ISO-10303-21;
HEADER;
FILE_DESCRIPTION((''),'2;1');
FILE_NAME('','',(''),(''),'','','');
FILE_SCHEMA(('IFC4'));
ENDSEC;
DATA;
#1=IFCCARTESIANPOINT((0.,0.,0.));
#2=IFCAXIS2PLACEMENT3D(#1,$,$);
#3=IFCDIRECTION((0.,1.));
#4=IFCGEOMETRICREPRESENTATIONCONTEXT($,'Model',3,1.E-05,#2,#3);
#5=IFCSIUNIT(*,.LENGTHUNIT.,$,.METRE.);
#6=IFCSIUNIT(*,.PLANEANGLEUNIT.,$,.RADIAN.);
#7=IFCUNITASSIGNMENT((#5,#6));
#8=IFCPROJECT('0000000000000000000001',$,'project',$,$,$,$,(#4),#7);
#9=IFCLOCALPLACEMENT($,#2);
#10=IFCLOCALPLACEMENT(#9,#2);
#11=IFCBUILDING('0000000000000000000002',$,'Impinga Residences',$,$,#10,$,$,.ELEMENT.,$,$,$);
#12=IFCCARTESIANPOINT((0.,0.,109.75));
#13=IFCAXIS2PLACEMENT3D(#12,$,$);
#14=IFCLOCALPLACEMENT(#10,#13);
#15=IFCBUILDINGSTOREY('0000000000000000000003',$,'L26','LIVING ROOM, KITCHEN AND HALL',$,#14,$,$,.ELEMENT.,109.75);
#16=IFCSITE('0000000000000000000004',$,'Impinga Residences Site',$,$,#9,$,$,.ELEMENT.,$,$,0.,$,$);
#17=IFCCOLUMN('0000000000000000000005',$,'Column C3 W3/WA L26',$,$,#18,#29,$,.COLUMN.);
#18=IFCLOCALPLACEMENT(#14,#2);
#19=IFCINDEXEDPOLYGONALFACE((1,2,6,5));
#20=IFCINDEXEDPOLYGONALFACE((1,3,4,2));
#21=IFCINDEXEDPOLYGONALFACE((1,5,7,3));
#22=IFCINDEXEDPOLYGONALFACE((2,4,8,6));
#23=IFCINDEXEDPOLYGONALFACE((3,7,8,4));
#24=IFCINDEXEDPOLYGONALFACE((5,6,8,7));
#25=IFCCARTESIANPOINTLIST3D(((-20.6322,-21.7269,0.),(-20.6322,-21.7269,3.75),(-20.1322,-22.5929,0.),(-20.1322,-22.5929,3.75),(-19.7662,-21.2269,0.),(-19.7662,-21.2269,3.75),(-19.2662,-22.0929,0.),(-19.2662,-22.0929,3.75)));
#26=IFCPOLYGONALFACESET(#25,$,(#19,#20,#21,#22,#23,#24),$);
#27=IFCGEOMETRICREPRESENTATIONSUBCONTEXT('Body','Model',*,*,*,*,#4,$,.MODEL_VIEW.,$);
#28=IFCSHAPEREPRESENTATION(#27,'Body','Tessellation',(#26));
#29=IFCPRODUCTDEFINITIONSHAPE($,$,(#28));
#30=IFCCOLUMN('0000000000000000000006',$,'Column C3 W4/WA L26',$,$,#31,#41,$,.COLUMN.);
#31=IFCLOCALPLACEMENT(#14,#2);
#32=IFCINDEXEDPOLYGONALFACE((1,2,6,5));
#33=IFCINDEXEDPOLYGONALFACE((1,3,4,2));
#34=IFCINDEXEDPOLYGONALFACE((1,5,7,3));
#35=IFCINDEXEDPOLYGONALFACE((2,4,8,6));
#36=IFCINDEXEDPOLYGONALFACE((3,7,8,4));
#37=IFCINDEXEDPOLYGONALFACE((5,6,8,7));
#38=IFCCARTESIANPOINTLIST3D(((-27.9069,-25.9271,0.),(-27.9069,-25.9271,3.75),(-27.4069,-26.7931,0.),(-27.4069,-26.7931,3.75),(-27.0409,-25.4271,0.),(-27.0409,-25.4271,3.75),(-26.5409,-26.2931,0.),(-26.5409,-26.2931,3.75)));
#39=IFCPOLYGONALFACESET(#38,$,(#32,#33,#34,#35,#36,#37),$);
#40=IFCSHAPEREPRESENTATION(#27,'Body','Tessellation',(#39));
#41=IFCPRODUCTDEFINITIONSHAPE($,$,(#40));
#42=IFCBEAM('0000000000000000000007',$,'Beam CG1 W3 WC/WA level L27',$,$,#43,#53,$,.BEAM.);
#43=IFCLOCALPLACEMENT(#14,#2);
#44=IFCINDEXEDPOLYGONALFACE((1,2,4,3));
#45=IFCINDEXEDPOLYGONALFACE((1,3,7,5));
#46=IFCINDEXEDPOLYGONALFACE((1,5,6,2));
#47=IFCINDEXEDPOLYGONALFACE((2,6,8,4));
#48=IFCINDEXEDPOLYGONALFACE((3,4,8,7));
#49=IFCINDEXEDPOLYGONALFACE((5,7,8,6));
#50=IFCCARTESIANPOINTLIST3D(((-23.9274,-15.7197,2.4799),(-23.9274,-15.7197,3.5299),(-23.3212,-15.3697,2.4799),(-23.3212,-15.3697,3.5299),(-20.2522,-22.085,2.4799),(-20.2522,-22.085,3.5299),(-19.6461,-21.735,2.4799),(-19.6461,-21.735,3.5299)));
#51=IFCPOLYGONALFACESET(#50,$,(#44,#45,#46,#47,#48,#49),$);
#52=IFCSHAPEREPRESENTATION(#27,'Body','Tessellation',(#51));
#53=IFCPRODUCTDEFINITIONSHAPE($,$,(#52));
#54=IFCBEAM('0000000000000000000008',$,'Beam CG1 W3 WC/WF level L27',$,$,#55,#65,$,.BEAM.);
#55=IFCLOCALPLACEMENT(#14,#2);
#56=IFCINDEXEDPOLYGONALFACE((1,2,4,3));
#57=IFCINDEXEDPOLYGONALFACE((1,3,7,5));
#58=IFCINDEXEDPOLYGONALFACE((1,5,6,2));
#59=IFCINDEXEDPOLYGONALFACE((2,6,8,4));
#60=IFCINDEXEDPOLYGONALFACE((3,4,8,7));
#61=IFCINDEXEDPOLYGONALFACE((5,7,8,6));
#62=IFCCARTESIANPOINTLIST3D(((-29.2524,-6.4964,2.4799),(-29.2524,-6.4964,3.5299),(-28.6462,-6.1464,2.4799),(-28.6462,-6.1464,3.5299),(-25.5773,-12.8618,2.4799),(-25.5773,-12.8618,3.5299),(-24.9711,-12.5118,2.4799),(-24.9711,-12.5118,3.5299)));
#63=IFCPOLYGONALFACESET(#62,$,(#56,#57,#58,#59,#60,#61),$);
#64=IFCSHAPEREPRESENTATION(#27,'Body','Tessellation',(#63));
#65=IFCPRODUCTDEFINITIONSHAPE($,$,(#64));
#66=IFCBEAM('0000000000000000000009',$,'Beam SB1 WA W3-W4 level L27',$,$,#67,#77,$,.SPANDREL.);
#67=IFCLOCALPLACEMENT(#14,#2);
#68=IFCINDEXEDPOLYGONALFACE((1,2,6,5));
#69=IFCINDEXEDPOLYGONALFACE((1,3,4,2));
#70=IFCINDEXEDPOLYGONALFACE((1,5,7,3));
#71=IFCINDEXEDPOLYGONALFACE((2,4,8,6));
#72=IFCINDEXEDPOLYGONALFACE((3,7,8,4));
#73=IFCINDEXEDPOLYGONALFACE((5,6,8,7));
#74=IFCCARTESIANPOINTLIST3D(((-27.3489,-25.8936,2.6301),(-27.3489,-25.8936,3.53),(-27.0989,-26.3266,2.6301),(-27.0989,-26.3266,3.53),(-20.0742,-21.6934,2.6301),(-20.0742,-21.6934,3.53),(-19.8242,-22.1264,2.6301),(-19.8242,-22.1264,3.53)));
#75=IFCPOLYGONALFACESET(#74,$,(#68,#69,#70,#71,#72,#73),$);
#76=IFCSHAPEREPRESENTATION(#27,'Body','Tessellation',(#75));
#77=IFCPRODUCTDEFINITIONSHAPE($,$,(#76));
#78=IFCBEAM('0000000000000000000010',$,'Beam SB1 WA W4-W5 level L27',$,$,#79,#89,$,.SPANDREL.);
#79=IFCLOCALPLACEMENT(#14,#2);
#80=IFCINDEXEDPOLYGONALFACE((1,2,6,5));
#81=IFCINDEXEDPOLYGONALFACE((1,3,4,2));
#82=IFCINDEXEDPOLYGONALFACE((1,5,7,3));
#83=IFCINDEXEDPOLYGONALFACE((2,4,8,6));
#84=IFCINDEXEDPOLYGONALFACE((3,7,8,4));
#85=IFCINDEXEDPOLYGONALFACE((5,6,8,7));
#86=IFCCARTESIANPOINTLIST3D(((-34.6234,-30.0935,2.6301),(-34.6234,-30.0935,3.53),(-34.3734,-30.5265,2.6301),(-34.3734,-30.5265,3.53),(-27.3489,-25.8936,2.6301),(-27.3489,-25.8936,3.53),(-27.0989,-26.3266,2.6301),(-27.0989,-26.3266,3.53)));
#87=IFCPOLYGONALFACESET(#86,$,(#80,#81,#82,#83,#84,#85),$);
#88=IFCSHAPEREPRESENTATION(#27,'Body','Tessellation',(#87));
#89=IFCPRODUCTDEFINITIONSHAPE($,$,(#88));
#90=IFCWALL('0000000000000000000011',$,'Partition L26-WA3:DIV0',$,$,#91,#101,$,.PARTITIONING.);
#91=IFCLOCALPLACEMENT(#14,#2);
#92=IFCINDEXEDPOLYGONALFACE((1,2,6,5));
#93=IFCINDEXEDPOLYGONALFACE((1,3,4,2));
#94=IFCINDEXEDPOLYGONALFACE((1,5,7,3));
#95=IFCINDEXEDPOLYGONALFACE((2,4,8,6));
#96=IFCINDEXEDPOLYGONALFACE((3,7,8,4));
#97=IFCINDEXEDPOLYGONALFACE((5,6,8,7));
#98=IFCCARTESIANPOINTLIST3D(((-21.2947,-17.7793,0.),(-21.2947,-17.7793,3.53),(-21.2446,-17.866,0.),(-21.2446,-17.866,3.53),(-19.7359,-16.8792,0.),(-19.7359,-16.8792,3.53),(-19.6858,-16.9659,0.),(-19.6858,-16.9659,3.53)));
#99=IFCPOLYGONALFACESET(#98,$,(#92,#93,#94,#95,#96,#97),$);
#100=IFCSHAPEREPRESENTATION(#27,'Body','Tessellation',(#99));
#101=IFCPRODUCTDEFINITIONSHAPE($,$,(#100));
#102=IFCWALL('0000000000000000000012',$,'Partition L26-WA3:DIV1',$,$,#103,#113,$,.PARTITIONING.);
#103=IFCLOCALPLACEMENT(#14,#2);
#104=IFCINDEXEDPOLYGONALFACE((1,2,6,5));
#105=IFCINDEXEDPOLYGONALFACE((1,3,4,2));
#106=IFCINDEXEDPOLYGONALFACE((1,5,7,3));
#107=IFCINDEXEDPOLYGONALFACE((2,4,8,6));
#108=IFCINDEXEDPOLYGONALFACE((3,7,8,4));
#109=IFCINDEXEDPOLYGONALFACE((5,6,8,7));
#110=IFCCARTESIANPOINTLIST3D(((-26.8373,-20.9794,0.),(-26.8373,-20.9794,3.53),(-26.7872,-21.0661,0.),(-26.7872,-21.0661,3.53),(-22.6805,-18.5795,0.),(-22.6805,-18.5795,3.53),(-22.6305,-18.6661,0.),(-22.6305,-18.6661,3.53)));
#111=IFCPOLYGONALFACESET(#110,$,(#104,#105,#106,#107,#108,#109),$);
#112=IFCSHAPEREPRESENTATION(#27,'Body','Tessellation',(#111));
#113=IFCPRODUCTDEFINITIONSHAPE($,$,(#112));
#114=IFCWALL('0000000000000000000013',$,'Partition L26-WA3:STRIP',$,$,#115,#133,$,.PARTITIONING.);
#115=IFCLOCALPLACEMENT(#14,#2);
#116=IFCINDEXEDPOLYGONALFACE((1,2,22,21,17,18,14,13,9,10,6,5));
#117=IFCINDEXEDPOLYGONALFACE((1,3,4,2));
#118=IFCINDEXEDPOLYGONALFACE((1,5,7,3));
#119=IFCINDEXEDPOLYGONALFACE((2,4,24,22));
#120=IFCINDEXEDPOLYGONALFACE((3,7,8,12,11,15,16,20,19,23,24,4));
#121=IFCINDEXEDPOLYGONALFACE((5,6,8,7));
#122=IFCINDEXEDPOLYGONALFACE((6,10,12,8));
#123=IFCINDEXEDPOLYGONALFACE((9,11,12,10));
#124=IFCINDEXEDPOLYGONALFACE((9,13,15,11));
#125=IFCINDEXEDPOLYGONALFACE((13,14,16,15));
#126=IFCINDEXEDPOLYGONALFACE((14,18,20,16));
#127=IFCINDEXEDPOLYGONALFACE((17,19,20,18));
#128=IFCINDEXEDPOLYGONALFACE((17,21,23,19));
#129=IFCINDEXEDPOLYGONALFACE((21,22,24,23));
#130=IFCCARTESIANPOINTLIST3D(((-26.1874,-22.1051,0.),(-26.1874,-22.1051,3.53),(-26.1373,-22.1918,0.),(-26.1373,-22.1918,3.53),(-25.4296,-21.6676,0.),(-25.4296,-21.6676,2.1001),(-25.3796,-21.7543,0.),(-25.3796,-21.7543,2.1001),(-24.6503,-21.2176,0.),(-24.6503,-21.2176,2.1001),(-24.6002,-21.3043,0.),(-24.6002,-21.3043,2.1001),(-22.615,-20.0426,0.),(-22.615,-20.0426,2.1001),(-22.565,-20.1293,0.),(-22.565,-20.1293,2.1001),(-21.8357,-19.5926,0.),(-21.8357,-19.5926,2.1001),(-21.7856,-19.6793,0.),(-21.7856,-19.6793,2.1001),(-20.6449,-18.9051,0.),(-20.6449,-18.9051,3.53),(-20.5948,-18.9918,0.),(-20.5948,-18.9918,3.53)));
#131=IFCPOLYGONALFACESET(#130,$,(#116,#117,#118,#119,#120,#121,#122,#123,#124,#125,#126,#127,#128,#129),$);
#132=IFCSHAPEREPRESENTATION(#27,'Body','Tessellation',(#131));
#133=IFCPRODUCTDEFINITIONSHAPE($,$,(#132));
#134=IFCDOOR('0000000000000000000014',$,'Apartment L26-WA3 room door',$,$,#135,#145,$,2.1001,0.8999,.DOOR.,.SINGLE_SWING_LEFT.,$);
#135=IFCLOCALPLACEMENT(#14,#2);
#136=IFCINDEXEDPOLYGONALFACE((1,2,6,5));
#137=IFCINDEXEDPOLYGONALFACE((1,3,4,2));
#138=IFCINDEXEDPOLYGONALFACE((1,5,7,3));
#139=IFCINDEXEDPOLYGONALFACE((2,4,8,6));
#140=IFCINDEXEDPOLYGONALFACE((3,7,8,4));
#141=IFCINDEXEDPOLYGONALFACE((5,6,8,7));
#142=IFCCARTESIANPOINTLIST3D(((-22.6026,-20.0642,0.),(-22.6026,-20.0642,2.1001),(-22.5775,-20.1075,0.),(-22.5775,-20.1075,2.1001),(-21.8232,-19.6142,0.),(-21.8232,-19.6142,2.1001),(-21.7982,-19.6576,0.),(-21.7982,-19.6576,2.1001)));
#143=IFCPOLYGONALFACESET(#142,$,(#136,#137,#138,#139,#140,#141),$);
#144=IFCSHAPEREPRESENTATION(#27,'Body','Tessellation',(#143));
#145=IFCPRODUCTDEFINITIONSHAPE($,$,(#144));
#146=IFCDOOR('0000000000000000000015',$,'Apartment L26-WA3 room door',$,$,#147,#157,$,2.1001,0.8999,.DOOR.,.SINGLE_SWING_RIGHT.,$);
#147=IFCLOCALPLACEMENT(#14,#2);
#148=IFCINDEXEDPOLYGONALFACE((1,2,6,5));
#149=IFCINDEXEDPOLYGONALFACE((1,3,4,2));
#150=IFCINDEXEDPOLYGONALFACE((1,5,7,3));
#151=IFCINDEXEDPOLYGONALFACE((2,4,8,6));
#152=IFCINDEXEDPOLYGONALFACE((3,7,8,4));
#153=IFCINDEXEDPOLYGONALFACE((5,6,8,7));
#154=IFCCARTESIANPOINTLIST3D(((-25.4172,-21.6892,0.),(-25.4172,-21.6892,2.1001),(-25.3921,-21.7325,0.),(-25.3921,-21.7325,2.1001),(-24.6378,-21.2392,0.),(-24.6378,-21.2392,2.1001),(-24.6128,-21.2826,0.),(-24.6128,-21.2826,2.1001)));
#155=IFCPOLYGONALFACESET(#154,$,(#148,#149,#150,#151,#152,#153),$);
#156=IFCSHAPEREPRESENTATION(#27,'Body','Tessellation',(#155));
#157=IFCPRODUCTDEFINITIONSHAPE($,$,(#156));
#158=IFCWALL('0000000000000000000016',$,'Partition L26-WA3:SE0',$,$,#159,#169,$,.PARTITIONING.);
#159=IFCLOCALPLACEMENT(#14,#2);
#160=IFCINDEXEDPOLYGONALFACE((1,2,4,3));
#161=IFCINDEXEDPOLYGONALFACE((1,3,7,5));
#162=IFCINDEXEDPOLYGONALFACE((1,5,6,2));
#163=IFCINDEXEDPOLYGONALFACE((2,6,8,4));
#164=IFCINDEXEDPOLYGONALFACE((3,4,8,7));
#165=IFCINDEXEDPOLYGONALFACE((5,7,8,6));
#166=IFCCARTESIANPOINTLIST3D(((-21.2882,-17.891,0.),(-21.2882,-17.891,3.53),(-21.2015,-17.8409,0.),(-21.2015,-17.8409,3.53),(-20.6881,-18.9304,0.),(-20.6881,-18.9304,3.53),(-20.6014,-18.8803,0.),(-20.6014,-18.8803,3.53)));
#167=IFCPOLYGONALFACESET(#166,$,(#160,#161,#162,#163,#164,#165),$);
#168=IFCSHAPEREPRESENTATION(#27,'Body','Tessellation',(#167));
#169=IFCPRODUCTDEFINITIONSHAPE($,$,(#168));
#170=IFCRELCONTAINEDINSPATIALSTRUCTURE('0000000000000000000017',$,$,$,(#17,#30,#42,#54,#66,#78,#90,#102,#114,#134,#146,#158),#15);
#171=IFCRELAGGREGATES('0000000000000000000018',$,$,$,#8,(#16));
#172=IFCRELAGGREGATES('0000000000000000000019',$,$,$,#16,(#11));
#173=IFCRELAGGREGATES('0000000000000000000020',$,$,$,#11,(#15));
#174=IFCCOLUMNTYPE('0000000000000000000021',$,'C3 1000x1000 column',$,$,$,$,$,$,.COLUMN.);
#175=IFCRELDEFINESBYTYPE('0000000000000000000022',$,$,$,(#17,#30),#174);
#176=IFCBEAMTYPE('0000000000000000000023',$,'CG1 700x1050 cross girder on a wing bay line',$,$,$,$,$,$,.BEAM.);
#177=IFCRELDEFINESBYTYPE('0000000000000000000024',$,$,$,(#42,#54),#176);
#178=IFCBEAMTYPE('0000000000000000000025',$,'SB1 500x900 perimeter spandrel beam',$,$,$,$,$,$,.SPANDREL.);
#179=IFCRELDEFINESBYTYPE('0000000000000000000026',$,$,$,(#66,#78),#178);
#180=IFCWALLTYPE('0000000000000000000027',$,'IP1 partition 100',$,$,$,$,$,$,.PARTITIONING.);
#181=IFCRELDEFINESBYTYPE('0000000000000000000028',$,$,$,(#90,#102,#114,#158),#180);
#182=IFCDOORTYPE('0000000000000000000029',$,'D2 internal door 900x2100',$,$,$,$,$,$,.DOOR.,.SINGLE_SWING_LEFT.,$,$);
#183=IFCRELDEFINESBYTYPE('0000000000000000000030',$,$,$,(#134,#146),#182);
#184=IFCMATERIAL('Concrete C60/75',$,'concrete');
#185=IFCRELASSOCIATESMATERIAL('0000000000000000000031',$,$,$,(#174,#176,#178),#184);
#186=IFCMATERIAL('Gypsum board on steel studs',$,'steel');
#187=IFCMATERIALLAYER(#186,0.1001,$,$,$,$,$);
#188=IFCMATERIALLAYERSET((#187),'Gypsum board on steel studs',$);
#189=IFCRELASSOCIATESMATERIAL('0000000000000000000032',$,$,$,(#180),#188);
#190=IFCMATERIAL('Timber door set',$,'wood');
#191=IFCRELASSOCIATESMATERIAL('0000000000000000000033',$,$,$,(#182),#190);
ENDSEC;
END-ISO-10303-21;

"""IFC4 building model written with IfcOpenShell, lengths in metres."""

from ifc_helpers import new_model, si_unit, direction, frame, frame_2d, origin, origin_2d, place, context, subcontext, project, spatial, rectangle, extrude, material, layer, layer_set, material_profile, profile_set, type_object, element, fill, save


model = new_model("IFC4")

# Units and contexts
model_context = context("Model", 3, precision=1e-05, world=origin(), true_north=direction((0.0, 1.0)))
body_context = subcontext(model_context, "Body", "Model", "MODEL_VIEW")
ifc_project = project(units=[si_unit("LENGTHUNIT", "METRE"), si_unit("PLANEANGLEUNIT", "RADIAN")], contexts=[model_context])

# Site, building, storey
site_placement = place(None, origin())
site = spatial("IfcSite", under=ifc_project, at=site_placement, Name="Impinga Residences Site", CompositionType="ELEMENT", RefElevation=0.0)
building_placement = place(site_placement, origin())
building = spatial("IfcBuilding", under=site, at=building_placement, Name="Impinga Residences", CompositionType="ELEMENT")
storey_placement = place(building_placement, frame((0.0, 0.0, 109.75)))
storey = spatial("IfcBuildingStorey", under=building, at=storey_placement, Name="L26", Description="LIVING ROOM, KITCHEN AND HALL", CompositionType="ELEMENT", Elevation=109.75)

# Columns
ifc_material_1 = material(Name="Concrete C60/75", Category="concrete")
ifc_material_profile_1 = material_profile(ifc_material_1, rectangle(XDim=1.0, YDim=1.0, at=origin_2d()), Name="RC 1000x1000")
ifc_profile_set_1 = profile_set([ifc_material_profile_1], Name="Concrete C60/75")
column_type = type_object("IfcColumnType", Name="C3 1000x1000 column", PredefinedType="COLUMN", material=ifc_profile_set_1)
for number, where, z_axis, x_axis, name in (
    (1, (-19.9492, -21.9099, 0.0), (0.0, 0.0, 1.0), (-0.5, 0.866025, 0.0), "Column C3 W3/WA L26"),
    (2, (-27.2239, -26.1101, 0.0), (0.0, 0.0, 1.0), (-0.5, 0.866025, 0.0), "Column C3 W4/WA L26"),
):
    element("IfcColumn", number, at=place(storey_placement, frame(where, z_axis=z_axis, x_axis=x_axis)), inside=storey, type_object=column_type, Name=name, PredefinedType="COLUMN", context=body_context, shape_type="SweptSolid", body=[
        extrude(rectangle(XDim=1.0, YDim=1.0, at=origin_2d()), origin(), (0.0, 0.0, 1.0), 3.75),
    ])

# Beams
ifc_material_profile_2 = material_profile(ifc_material_1, rectangle(XDim=0.7, YDim=1.05, at=origin_2d()), Name="RC 700x1050")
ifc_profile_set_2 = profile_set([ifc_material_profile_2], Name="Concrete C60/75")
beam_type_1 = type_object("IfcBeamType", Name="CG1 700x1050 cross girder on a wing bay line", PredefinedType="BEAM", material=ifc_profile_set_2)
for number, where, z_axis, x_axis, name in (
    (3, (-23.6243, -15.5447, 3.0049), (0.500008, -0.866021, 0.0), (0.866021, 0.500008, 0.0), "Beam CG1 W3 WC/WA level L27"),
    (4, (-25.2742, -12.6868, 3.0049), (-0.500008, 0.866021, 0.0), (-0.866021, -0.500008, 0.0), "Beam CG1 W3 WC/WF level L27"),
):
    element("IfcBeam", number, at=place(storey_placement, frame(where, z_axis=z_axis, x_axis=x_axis)), inside=storey, type_object=beam_type_1, Name=name, PredefinedType="BEAM", context=body_context, shape_type="SweptSolid", body=[
        extrude(rectangle(XDim=0.7, YDim=1.05, at=origin_2d()), origin(), (0.0, 0.0, 1.0), 7.3501),
    ])
ifc_material_profile_3 = material_profile(ifc_material_1, rectangle(XDim=0.5, YDim=0.8999, at=origin_2d()), Name="RC 500x900")
ifc_profile_set_3 = profile_set([ifc_material_profile_3], Name="Concrete C60/75")
beam_type_2 = type_object("IfcBeamType", Name="SB1 500x900 perimeter spandrel beam", PredefinedType="SPANDREL", material=ifc_profile_set_3)
beam_1_placement = place(storey_placement, frame((-19.9492, -21.9099, 3.0801), z_axis=(-0.866017, -0.500015, 0.0), x_axis=(0.500015, -0.866017, 0.0)))
element("IfcBeam", 5, at=beam_1_placement, inside=storey, type_object=beam_type_2, Name="Beam SB1 WA W3-W4 level L27", PredefinedType="SPANDREL", context=body_context, shape_type="SweptSolid", body=[
    extrude(rectangle(XDim=0.5, YDim=0.8999, at=origin_2d()), origin(), (0.0, 0.0, 1.0), 8.4001),
])
beam_2_placement = place(storey_placement, frame((-27.2239, -26.1101, 3.0801), z_axis=(-0.866029, -0.499993, 0.0), x_axis=(0.499993, -0.866029, 0.0)))
element("IfcBeam", 6, at=beam_2_placement, inside=storey, type_object=beam_type_2, Name="Beam SB1 WA W4-W5 level L27", PredefinedType="SPANDREL", context=body_context, shape_type="SweptSolid", body=[
    extrude(rectangle(XDim=0.5, YDim=0.8999, at=origin_2d()), origin(), (0.0, 0.0, 1.0), 8.3999),
])

# Walls
ifc_material_2 = material(Name="Gypsum board on steel studs", Category="steel")
ifc_layer_1 = layer(ifc_material_2, 0.1001)
ifc_layer_set_1 = layer_set([ifc_layer_1], Name="Gypsum board on steel studs")
wall_type_1 = type_object("IfcWallType", Name="IP1 partition 100", PredefinedType="PARTITIONING", material=ifc_layer_set_1)
wall_1_placement = place(storey_placement, frame((-19.7109, -16.9226, 0.0), z_axis=(0.0, 0.0, 1.0), x_axis=(-0.865989, -0.500063, 0.0)))
element("IfcWall", 7, at=wall_1_placement, inside=storey, type_object=wall_type_1, Name="Partition L26-WA3:DIV0", PredefinedType="PARTITIONING", context=body_context, shape_type="SweptSolid", body=[
    extrude(rectangle(XDim=1.8, YDim=0.1001, at=frame_2d((0.8999, 0.0))), origin(), (0.0, 0.0, 1.0), 3.53),
])
wall_2_placement = place(storey_placement, frame((-22.6555, -18.6228, 0.0), z_axis=(0.0, 0.0, 1.0), x_axis=(-0.866025, -0.500001, 0.0)))
element("IfcWall", 8, at=wall_2_placement, inside=storey, type_object=wall_type_1, Name="Partition L26-WA3:DIV1", PredefinedType="PARTITIONING", context=body_context, shape_type="SweptSolid", body=[
    extrude(rectangle(XDim=4.7998, YDim=0.1001, at=frame_2d((2.3999, 0.0))), origin(), (0.0, 0.0, 1.0), 3.53),
])

# Wall, openings, doors
wall_3_placement = place(storey_placement, frame((-20.6199, -18.9485, 0.0), z_axis=(0.0, 0.0, 1.0), x_axis=(-0.866025, -0.5, 0.0)))
wall_3 = element("IfcWall", 9, at=wall_3_placement, inside=storey, type_object=wall_type_1, Name="Partition L26-WA3:STRIP", PredefinedType="PARTITIONING", context=body_context, shape_type="SweptSolid", body=[
    extrude(rectangle(XDim=6.3999, YDim=0.1001, at=frame_2d((3.2, 0.0))), origin(), (0.0, 0.0, 1.0), 3.53),
])
opening_1_placement = place(wall_3_placement, frame((1.375, 0.0, 0.0)))
opening_1 = element("IfcOpeningElement", 10, at=opening_1_placement, cuts=wall_3, PredefinedType="OPENING", context=body_context, shape_type="SweptSolid", body=[
    extrude(rectangle(XDim=0.8999, YDim=2.1001, at=frame_2d((0.45, 1.05))), frame((0.0, 0.0601, 0.0), z_axis=(0.0, -1.0, 0.0), x_axis=(1.0, 0.0, 0.0)), (0.0, 0.0, 1.0), 0.1201),
])
opening_2_placement = place(wall_3_placement, frame((4.625, 0.0, 0.0)))
opening_2 = element("IfcOpeningElement", 11, at=opening_2_placement, cuts=wall_3, PredefinedType="OPENING", context=body_context, shape_type="SweptSolid", body=[
    extrude(rectangle(XDim=0.8999, YDim=2.1001, at=frame_2d((0.45, 1.05))), frame((0.0, 0.0601, 0.0), z_axis=(0.0, -1.0, 0.0), x_axis=(1.0, 0.0, 0.0)), (0.0, 0.0, 1.0), 0.1201),
])
ifc_material_3 = material(Name="Timber door set", Category="wood")
door_type = type_object("IfcDoorType", Name="D2 internal door 900x2100", OperationType="SINGLE_SWING_LEFT", PredefinedType="DOOR", material=ifc_material_3)
door_1_placement = place(opening_1_placement, origin())
door_1 = element("IfcDoor", 12, at=door_1_placement, inside=storey, type_object=door_type, Name="Apartment L26-WA3 room door", OperationType="SINGLE_SWING_LEFT", OverallHeight=2.1001, OverallWidth=0.8999, PredefinedType="DOOR", context=body_context, shape_type="SweptSolid", body=[
    extrude(rectangle(XDim=0.8999, YDim=2.1001, at=frame_2d((0.45, 1.05))), frame((0.0, 0.0249, 0.0), z_axis=(0.0, -1.0, 0.0), x_axis=(1.0, 0.0, 0.0)), (0.0, 0.0, 1.0), 0.05),
])
fill(opening_1, door_1)
door_2_placement = place(opening_2_placement, origin())
door_2 = element("IfcDoor", 13, at=door_2_placement, inside=storey, type_object=door_type, Name="Apartment L26-WA3 room door", OperationType="SINGLE_SWING_RIGHT", OverallHeight=2.1001, OverallWidth=0.8999, PredefinedType="DOOR", context=body_context, shape_type="SweptSolid", body=[
    extrude(rectangle(XDim=0.8999, YDim=2.1001, at=frame_2d((0.45, 1.05))), frame((0.0, 0.0249, 0.0), z_axis=(0.0, -1.0, 0.0), x_axis=(1.0, 0.0, 0.0)), (0.0, 0.0, 1.0), 0.05),
])
fill(opening_2, door_2)

# Wall
wall_4_placement = place(storey_placement, frame((-21.2449, -17.866, 0.0), z_axis=(0.0, 0.0, 1.0), x_axis=(0.500034, -0.866006, 0.0)))
element("IfcWall", 14, at=wall_4_placement, inside=storey, type_object=wall_type_1, Name="Partition L26-WA3:SE0", PredefinedType="PARTITIONING", context=body_context, shape_type="SweptSolid", body=[
    extrude(rectangle(XDim=1.2002, YDim=0.1001, at=frame_2d((0.6001, 0.0))), origin(), (0.0, 0.0, 1.0), 3.53),
])

save(model, "model.ifc")
